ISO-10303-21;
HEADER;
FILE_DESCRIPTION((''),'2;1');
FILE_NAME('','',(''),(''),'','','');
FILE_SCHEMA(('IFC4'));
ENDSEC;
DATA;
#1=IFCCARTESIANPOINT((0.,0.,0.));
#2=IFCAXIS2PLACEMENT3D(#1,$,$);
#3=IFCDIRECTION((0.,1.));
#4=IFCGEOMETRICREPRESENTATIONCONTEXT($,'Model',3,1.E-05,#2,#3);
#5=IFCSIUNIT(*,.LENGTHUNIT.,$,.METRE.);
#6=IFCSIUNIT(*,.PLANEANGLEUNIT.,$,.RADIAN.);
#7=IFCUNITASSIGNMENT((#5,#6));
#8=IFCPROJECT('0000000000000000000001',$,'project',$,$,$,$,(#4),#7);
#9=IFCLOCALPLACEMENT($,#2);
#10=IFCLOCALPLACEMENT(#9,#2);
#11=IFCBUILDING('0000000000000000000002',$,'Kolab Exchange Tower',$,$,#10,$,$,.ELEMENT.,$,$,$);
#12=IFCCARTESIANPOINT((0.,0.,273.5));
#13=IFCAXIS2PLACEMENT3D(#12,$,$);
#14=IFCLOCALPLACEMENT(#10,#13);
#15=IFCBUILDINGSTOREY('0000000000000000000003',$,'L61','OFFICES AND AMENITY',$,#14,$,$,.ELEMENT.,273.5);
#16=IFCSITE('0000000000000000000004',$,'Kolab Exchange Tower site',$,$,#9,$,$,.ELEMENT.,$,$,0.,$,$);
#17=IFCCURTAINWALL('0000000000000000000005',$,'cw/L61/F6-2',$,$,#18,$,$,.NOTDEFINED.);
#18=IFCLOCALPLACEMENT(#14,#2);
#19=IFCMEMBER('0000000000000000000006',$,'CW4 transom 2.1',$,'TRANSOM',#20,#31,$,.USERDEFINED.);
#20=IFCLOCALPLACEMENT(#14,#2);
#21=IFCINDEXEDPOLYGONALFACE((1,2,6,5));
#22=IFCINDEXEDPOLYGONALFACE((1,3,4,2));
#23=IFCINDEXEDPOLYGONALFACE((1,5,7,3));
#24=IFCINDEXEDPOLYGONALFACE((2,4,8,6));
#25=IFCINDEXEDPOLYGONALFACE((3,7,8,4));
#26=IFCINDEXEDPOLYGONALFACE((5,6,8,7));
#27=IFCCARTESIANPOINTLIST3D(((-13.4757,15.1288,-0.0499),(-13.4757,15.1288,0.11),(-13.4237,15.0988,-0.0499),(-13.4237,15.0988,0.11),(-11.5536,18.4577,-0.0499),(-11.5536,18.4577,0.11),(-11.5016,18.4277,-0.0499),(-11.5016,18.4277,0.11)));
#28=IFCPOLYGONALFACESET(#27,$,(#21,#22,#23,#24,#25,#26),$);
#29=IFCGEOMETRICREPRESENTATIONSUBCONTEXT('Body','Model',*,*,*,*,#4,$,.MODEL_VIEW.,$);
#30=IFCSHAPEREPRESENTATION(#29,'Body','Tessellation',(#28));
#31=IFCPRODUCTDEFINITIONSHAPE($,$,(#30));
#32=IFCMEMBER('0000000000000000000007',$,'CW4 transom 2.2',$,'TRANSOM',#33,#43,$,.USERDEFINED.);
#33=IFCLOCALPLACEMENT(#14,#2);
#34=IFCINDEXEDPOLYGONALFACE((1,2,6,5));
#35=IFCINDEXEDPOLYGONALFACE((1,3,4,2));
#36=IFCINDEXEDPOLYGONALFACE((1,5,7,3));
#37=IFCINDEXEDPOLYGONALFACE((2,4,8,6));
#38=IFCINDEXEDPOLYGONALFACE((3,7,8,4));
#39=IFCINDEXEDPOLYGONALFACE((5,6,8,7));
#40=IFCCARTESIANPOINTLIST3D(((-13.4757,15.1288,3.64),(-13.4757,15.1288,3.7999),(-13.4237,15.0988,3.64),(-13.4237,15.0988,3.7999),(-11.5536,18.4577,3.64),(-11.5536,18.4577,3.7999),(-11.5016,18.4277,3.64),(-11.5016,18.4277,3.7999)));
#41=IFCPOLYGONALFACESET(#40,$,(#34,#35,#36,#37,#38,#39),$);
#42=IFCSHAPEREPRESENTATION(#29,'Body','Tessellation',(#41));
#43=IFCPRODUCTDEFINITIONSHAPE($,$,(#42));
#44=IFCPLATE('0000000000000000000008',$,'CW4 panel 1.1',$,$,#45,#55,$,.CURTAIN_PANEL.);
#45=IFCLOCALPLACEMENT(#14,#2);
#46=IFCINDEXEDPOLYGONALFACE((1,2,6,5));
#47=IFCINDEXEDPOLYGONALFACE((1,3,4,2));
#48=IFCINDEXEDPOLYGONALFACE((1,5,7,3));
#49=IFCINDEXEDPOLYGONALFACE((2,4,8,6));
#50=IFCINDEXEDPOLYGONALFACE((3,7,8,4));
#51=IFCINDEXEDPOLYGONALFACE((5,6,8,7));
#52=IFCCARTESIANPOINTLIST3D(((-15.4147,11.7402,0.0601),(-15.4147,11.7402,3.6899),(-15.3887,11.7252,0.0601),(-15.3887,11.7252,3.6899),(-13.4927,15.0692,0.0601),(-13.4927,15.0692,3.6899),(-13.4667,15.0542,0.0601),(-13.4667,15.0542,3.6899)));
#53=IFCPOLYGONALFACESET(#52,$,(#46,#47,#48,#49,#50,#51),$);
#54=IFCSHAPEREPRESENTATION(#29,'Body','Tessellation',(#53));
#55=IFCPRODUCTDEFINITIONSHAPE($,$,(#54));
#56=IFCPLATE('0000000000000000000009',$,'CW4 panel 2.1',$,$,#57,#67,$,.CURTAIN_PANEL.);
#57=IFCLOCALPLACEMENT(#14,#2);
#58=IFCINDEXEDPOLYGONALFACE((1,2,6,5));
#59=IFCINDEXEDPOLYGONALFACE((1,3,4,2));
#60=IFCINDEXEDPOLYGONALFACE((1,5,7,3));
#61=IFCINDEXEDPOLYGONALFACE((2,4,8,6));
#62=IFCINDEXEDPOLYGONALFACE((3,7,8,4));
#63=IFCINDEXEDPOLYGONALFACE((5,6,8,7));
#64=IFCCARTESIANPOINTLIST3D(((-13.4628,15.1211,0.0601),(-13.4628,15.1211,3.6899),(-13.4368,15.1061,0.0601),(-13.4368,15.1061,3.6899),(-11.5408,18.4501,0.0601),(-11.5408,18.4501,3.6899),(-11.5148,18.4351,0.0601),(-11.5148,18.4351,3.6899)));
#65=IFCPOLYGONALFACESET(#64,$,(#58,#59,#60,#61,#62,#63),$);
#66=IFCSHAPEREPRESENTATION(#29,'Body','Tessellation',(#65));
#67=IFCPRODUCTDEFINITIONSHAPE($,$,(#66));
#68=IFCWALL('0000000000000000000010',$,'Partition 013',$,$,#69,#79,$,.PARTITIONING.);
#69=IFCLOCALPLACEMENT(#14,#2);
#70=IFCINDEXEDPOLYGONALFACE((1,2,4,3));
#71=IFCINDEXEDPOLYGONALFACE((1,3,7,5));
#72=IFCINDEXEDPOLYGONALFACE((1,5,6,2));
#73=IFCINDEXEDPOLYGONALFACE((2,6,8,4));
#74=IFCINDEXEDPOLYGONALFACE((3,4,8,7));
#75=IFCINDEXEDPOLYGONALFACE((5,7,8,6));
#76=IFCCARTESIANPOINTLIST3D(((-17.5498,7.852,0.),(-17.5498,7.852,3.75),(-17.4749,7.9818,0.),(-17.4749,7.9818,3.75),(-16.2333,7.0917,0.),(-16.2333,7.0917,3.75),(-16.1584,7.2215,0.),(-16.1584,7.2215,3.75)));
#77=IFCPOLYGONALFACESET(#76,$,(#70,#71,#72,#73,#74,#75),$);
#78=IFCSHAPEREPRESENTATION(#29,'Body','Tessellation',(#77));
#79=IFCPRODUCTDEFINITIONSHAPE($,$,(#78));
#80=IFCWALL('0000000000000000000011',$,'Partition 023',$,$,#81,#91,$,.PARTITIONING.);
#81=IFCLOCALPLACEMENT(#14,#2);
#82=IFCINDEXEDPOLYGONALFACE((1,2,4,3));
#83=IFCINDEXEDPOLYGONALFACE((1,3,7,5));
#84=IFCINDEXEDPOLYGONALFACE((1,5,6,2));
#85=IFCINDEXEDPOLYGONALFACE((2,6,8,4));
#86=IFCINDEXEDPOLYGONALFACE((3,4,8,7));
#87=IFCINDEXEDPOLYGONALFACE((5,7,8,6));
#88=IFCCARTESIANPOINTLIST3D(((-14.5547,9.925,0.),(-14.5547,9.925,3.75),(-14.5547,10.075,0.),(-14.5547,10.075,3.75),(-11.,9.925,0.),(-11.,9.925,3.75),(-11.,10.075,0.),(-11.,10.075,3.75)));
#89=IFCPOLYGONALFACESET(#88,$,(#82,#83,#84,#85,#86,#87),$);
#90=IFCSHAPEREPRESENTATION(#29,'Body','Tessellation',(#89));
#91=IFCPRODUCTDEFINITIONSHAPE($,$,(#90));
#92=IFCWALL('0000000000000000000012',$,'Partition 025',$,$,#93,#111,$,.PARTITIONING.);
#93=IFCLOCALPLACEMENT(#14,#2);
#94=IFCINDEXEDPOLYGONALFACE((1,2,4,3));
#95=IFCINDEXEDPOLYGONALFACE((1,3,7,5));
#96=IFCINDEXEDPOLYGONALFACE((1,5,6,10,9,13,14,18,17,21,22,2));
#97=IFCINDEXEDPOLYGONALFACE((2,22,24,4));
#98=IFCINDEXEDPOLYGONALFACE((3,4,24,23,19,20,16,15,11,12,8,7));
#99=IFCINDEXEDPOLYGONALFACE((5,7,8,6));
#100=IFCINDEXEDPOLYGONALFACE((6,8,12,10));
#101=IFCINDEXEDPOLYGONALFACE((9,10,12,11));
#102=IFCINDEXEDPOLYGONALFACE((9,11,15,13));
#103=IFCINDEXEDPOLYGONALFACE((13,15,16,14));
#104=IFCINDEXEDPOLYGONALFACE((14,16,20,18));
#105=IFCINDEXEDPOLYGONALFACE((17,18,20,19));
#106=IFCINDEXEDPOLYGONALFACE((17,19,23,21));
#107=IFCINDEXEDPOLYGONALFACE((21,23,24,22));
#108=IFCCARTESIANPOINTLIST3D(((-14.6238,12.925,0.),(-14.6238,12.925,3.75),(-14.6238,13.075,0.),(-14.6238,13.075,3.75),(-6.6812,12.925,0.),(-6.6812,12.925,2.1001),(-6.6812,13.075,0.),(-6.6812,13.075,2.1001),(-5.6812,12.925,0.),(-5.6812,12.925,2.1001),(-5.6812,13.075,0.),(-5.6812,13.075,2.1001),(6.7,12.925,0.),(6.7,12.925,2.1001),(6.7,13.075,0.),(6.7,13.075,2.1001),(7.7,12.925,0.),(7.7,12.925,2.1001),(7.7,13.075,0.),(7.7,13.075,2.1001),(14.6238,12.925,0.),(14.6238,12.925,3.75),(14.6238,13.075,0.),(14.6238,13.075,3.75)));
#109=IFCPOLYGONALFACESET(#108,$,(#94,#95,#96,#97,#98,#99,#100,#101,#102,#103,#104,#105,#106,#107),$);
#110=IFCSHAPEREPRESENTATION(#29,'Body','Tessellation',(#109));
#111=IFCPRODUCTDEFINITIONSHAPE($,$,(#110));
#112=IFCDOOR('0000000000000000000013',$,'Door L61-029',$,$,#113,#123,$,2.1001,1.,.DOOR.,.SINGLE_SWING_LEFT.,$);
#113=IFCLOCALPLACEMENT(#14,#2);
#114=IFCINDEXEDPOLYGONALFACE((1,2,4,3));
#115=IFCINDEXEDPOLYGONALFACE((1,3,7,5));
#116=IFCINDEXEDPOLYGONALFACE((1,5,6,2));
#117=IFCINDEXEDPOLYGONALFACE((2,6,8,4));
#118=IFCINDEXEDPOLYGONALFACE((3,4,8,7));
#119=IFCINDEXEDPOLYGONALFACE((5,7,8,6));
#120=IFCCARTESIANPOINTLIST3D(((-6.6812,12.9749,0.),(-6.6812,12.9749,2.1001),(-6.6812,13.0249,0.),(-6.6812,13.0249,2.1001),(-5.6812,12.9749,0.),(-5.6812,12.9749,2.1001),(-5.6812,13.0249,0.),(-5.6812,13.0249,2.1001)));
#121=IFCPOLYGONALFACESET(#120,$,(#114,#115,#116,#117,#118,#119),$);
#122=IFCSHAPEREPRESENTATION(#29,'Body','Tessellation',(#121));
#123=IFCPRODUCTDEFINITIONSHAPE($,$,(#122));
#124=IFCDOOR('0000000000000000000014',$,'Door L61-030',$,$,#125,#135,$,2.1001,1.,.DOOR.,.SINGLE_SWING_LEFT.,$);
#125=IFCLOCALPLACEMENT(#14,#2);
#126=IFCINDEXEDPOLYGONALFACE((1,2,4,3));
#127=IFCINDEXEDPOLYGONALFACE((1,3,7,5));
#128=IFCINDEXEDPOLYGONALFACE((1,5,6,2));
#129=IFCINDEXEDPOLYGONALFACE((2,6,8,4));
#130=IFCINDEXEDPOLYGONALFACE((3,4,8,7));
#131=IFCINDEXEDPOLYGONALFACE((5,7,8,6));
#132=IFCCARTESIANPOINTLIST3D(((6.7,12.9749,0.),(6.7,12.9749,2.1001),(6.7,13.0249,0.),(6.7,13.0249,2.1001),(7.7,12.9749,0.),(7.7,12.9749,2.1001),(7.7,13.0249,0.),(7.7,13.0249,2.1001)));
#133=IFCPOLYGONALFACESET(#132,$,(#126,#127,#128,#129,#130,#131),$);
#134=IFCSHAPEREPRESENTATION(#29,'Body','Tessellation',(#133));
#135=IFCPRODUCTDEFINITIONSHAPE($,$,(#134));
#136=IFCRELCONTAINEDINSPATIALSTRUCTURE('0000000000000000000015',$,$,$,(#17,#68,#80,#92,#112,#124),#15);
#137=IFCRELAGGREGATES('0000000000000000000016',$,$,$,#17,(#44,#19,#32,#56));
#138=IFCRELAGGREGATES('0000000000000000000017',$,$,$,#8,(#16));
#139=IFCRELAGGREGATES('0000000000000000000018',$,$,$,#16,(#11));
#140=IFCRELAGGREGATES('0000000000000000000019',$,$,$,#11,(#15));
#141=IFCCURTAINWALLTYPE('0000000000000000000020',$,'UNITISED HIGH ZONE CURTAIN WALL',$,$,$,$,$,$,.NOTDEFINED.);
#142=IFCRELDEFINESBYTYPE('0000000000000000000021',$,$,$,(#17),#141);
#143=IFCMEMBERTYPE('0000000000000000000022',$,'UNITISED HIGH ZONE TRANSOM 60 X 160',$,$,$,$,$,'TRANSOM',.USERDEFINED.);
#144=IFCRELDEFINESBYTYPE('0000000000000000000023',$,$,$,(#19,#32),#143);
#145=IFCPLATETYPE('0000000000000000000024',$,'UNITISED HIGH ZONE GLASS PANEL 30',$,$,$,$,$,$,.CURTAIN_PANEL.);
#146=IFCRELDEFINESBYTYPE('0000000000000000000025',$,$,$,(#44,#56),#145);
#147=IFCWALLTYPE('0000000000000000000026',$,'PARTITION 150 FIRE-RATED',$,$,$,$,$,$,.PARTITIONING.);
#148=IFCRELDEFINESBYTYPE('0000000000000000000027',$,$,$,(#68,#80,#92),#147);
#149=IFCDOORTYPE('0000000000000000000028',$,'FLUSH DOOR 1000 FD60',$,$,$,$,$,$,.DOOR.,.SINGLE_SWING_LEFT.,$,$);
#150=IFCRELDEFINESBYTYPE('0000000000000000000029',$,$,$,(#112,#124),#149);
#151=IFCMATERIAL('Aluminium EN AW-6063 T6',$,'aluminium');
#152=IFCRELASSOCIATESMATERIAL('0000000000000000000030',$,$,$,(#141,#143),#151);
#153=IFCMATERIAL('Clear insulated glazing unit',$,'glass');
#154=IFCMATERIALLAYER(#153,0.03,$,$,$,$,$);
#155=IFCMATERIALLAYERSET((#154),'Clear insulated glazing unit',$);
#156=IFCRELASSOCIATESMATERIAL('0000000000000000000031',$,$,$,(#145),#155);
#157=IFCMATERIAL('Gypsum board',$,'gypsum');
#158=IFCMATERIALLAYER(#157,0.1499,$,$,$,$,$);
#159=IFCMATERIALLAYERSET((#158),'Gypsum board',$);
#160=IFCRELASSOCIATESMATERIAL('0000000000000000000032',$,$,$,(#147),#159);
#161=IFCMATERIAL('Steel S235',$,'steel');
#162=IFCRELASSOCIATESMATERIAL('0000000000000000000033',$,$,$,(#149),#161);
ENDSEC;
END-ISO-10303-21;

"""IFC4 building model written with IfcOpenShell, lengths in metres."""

from ifc_helpers import new_model, si_unit, direction, frame, frame_2d, origin, origin_2d, place, context, subcontext, project, spatial, rectangle, extrude, material, layer, layer_set, material_profile, profile_set, type_object, element, fill, aggregate, save


model = new_model("IFC4")

# Units and contexts
model_context = context("Model", 3, precision=1e-05, world=origin(), true_north=direction((0.0, 1.0)))
body_context = subcontext(model_context, "Body", "Model", "MODEL_VIEW")
ifc_project = project(units=[si_unit("LENGTHUNIT", "METRE"), si_unit("PLANEANGLEUNIT", "RADIAN")], contexts=[model_context])

# Site, building, storey
site_placement = place(None, origin())
site = spatial("IfcSite", under=ifc_project, at=site_placement, Name="Kolab Exchange Tower site", CompositionType="ELEMENT", RefElevation=0.0)
building_placement = place(site_placement, origin())
building = spatial("IfcBuilding", under=site, at=building_placement, Name="Kolab Exchange Tower", CompositionType="ELEMENT")
storey_placement = place(building_placement, frame((0.0, 0.0, 273.5)))
storey = spatial("IfcBuildingStorey", under=building, at=storey_placement, Name="L61", Description="OFFICES AND AMENITY", CompositionType="ELEMENT", Elevation=273.5)

# Curtain wall, members, plates
ifc_material_1 = material(Name="Aluminium EN AW-6063 T6", Category="aluminium")
curtain_wall_type = type_object("IfcCurtainWallType", Name="UNITISED HIGH ZONE CURTAIN WALL", PredefinedType="NOTDEFINED", material=ifc_material_1)
curtain_wall_placement = place(storey_placement, origin())
curtain_wall = element("IfcCurtainWall", 1, at=curtain_wall_placement, inside=storey, type_object=curtain_wall_type, Name="cw/L61/F6-2", PredefinedType="NOTDEFINED")
ifc_material_profile_1 = material_profile(ifc_material_1, rectangle(XDim=0.0601, YDim=0.1599, at=origin_2d()), Name="RECT 60X160")
ifc_profile_set_1 = profile_set([ifc_material_profile_1], Name="Aluminium EN AW-6063 T6")
member_type_1 = type_object("IfcMemberType", Name="UNITISED HIGH ZONE TRANSOM 60 X 160", ElementType="TRANSOM", PredefinedType="USERDEFINED", material=ifc_profile_set_1)
member_1_placement = place(storey_placement, frame((-13.4497, 15.1138, 0.03), z_axis=(0.500039, 0.866003, 0.0), x_axis=(-0.866003, 0.500039, 0.0)))
member_1 = element("IfcMember", 2, at=member_1_placement, type_object=member_type_1, Name="CW4 transom 2.1", ObjectType="TRANSOM", PredefinedType="USERDEFINED", context=body_context, shape_type="SweptSolid", body=[
    extrude(rectangle(XDim=0.0601, YDim=0.1599, at=origin_2d()), origin(), (0.0, 0.0, 1.0), 3.844),
])
member_2_placement = place(storey_placement, frame((-13.4497, 15.1138, 3.72), z_axis=(0.500039, 0.866003, 0.0), x_axis=(-0.866003, 0.500039, 0.0)))
member_2 = element("IfcMember", 3, at=member_2_placement, type_object=member_type_1, Name="CW4 transom 2.2", ObjectType="TRANSOM", PredefinedType="USERDEFINED", context=body_context, shape_type="SweptSolid", body=[
    extrude(rectangle(XDim=0.0601, YDim=0.1599, at=origin_2d()), origin(), (0.0, 0.0, 1.0), 3.844),
])
ifc_material_2 = material(Name="Clear insulated glazing unit", Category="glass")
ifc_layer_1 = layer(ifc_material_2, 0.03)
ifc_layer_set_1 = layer_set([ifc_layer_1], Name="Clear insulated glazing unit")
plate_type = type_object("IfcPlateType", Name="UNITISED HIGH ZONE GLASS PANEL 30", PredefinedType="CURTAIN_PANEL", material=ifc_layer_set_1)
plate_1_placement = place(storey_placement, frame((-14.4407, 13.3972, 0.0601), z_axis=(0.0, 0.0, 1.0), x_axis=(0.5, 0.866025, 0.0)))
plate_1 = element("IfcPlate", 4, at=plate_1_placement, type_object=plate_type, Name="CW4 panel 1.1", PredefinedType="CURTAIN_PANEL", context=body_context, shape_type="SweptSolid", body=[
    extrude(rectangle(XDim=3.844, YDim=0.03, at=origin_2d()), origin(), (0.0, 0.0, 1.0), 3.6299),
])
plate_2_placement = place(storey_placement, frame((-12.4888, 16.7781, 0.0601), z_axis=(0.0, 0.0, 1.0), x_axis=(0.5, 0.866025, 0.0)))
plate_2 = element("IfcPlate", 5, at=plate_2_placement, type_object=plate_type, Name="CW4 panel 2.1", PredefinedType="CURTAIN_PANEL", context=body_context, shape_type="SweptSolid", body=[
    extrude(rectangle(XDim=3.844, YDim=0.03, at=origin_2d()), origin(), (0.0, 0.0, 1.0), 3.6299),
])
aggregate(curtain_wall, [plate_1, member_1, member_2, plate_2])

# Walls
ifc_material_3 = material(Name="Gypsum board", Category="gypsum")
ifc_layer_2 = layer(ifc_material_3, 0.1499)
ifc_layer_set_2 = layer_set([ifc_layer_2], Name="Gypsum board")
wall_type_1 = type_object("IfcWallType", Name="PARTITION 150 FIRE-RATED", PredefinedType="PARTITIONING", material=ifc_layer_set_2)
wall_1_placement = place(storey_placement, frame((-17.5125, 7.917, 0.0), z_axis=(0.0, 0.0, 1.0), x_axis=(0.865961, -0.500112, 0.0)))
element("IfcWall", 6, at=wall_1_placement, inside=storey, type_object=wall_type_1, Name="Partition 013", PredefinedType="PARTITIONING", context=body_context, shape_type="SweptSolid", body=[
    extrude(rectangle(XDim=1.5203, YDim=0.1499, at=frame_2d((0.7603, 0.0))), origin(), (0.0, 0.0, 1.0), 3.75),
])
wall_2_placement = place(storey_placement, frame((-14.5547, 10.0, 0.0), z_axis=(0.0, 0.0, 1.0), x_axis=(1.0, 0.0, 0.0)))
element("IfcWall", 7, at=wall_2_placement, inside=storey, type_object=wall_type_1, Name="Partition 023", PredefinedType="PARTITIONING", context=body_context, shape_type="SweptSolid", body=[
    extrude(rectangle(XDim=3.5547, YDim=0.1499, at=frame_2d((1.7773, 0.0))), origin(), (0.0, 0.0, 1.0), 3.75),
])

# Wall, openings, doors
wall_3_placement = place(storey_placement, frame((-14.6238, 13.0, 0.0), z_axis=(0.0, 0.0, 1.0), x_axis=(1.0, 0.0, 0.0)))
wall_3 = element("IfcWall", 8, at=wall_3_placement, inside=storey, type_object=wall_type_1, Name="Partition 025", PredefinedType="PARTITIONING", context=body_context, shape_type="SweptSolid", body=[
    extrude(rectangle(XDim=29.2476, YDim=0.1499, at=frame_2d((14.6238, 0.0))), origin(), (0.0, 0.0, 1.0), 3.75),
])
opening_1_placement = place(wall_3_placement, frame((7.9426, 0.0, 0.0)))
opening_1 = element("IfcOpeningElement", 9, at=opening_1_placement, cuts=wall_3, PredefinedType="OPENING", context=body_context, shape_type="SweptSolid", body=[
    extrude(rectangle(XDim=1.0, YDim=2.1001, at=frame_2d((0.5, 1.05))), frame((0.0, 0.085, 0.0), z_axis=(0.0, -1.0, 0.0), x_axis=(1.0, 0.0, 0.0)), (0.0, 0.0, 1.0), 0.1699),
])
opening_2_placement = place(wall_3_placement, frame((21.3237, 0.0, 0.0)))
opening_2 = element("IfcOpeningElement", 10, at=opening_2_placement, cuts=wall_3, PredefinedType="OPENING", context=body_context, shape_type="SweptSolid", body=[
    extrude(rectangle(XDim=1.0, YDim=2.1001, at=frame_2d((0.5, 1.05))), frame((0.0, 0.085, 0.0), z_axis=(0.0, -1.0, 0.0), x_axis=(1.0, 0.0, 0.0)), (0.0, 0.0, 1.0), 0.1699),
])
ifc_material_4 = material(Name="Steel S235", Category="steel")
door_type_1 = type_object("IfcDoorType", Name="FLUSH DOOR 1000 FD60", OperationType="SINGLE_SWING_LEFT", PredefinedType="DOOR", material=ifc_material_4)
door_1_placement = place(opening_1_placement, origin())
door_1 = element("IfcDoor", 11, at=door_1_placement, inside=storey, type_object=door_type_1, Name="Door L61-029", OperationType="SINGLE_SWING_LEFT", OverallHeight=2.1001, OverallWidth=1.0, PredefinedType="DOOR", context=body_context, shape_type="SweptSolid", body=[
    extrude(rectangle(XDim=1.0, YDim=2.1001, at=frame_2d((0.5, 1.05))), frame((0.0, 0.0249, 0.0), z_axis=(0.0, -1.0, 0.0), x_axis=(1.0, 0.0, 0.0)), (0.0, 0.0, 1.0), 0.05),
])
fill(opening_1, door_1)
door_2_placement = place(opening_2_placement, origin())
door_2 = element("IfcDoor", 12, at=door_2_placement, inside=storey, type_object=door_type_1, Name="Door L61-030", OperationType="SINGLE_SWING_LEFT", OverallHeight=2.1001, OverallWidth=1.0, PredefinedType="DOOR", context=body_context, shape_type="SweptSolid", body=[
    extrude(rectangle(XDim=1.0, YDim=2.1001, at=frame_2d((0.5, 1.05))), frame((0.0, 0.0249, 0.0), z_axis=(0.0, -1.0, 0.0), x_axis=(1.0, 0.0, 0.0)), (0.0, 0.0, 1.0), 0.05),
])
fill(opening_2, door_2)

save(model, "model.ifc")
